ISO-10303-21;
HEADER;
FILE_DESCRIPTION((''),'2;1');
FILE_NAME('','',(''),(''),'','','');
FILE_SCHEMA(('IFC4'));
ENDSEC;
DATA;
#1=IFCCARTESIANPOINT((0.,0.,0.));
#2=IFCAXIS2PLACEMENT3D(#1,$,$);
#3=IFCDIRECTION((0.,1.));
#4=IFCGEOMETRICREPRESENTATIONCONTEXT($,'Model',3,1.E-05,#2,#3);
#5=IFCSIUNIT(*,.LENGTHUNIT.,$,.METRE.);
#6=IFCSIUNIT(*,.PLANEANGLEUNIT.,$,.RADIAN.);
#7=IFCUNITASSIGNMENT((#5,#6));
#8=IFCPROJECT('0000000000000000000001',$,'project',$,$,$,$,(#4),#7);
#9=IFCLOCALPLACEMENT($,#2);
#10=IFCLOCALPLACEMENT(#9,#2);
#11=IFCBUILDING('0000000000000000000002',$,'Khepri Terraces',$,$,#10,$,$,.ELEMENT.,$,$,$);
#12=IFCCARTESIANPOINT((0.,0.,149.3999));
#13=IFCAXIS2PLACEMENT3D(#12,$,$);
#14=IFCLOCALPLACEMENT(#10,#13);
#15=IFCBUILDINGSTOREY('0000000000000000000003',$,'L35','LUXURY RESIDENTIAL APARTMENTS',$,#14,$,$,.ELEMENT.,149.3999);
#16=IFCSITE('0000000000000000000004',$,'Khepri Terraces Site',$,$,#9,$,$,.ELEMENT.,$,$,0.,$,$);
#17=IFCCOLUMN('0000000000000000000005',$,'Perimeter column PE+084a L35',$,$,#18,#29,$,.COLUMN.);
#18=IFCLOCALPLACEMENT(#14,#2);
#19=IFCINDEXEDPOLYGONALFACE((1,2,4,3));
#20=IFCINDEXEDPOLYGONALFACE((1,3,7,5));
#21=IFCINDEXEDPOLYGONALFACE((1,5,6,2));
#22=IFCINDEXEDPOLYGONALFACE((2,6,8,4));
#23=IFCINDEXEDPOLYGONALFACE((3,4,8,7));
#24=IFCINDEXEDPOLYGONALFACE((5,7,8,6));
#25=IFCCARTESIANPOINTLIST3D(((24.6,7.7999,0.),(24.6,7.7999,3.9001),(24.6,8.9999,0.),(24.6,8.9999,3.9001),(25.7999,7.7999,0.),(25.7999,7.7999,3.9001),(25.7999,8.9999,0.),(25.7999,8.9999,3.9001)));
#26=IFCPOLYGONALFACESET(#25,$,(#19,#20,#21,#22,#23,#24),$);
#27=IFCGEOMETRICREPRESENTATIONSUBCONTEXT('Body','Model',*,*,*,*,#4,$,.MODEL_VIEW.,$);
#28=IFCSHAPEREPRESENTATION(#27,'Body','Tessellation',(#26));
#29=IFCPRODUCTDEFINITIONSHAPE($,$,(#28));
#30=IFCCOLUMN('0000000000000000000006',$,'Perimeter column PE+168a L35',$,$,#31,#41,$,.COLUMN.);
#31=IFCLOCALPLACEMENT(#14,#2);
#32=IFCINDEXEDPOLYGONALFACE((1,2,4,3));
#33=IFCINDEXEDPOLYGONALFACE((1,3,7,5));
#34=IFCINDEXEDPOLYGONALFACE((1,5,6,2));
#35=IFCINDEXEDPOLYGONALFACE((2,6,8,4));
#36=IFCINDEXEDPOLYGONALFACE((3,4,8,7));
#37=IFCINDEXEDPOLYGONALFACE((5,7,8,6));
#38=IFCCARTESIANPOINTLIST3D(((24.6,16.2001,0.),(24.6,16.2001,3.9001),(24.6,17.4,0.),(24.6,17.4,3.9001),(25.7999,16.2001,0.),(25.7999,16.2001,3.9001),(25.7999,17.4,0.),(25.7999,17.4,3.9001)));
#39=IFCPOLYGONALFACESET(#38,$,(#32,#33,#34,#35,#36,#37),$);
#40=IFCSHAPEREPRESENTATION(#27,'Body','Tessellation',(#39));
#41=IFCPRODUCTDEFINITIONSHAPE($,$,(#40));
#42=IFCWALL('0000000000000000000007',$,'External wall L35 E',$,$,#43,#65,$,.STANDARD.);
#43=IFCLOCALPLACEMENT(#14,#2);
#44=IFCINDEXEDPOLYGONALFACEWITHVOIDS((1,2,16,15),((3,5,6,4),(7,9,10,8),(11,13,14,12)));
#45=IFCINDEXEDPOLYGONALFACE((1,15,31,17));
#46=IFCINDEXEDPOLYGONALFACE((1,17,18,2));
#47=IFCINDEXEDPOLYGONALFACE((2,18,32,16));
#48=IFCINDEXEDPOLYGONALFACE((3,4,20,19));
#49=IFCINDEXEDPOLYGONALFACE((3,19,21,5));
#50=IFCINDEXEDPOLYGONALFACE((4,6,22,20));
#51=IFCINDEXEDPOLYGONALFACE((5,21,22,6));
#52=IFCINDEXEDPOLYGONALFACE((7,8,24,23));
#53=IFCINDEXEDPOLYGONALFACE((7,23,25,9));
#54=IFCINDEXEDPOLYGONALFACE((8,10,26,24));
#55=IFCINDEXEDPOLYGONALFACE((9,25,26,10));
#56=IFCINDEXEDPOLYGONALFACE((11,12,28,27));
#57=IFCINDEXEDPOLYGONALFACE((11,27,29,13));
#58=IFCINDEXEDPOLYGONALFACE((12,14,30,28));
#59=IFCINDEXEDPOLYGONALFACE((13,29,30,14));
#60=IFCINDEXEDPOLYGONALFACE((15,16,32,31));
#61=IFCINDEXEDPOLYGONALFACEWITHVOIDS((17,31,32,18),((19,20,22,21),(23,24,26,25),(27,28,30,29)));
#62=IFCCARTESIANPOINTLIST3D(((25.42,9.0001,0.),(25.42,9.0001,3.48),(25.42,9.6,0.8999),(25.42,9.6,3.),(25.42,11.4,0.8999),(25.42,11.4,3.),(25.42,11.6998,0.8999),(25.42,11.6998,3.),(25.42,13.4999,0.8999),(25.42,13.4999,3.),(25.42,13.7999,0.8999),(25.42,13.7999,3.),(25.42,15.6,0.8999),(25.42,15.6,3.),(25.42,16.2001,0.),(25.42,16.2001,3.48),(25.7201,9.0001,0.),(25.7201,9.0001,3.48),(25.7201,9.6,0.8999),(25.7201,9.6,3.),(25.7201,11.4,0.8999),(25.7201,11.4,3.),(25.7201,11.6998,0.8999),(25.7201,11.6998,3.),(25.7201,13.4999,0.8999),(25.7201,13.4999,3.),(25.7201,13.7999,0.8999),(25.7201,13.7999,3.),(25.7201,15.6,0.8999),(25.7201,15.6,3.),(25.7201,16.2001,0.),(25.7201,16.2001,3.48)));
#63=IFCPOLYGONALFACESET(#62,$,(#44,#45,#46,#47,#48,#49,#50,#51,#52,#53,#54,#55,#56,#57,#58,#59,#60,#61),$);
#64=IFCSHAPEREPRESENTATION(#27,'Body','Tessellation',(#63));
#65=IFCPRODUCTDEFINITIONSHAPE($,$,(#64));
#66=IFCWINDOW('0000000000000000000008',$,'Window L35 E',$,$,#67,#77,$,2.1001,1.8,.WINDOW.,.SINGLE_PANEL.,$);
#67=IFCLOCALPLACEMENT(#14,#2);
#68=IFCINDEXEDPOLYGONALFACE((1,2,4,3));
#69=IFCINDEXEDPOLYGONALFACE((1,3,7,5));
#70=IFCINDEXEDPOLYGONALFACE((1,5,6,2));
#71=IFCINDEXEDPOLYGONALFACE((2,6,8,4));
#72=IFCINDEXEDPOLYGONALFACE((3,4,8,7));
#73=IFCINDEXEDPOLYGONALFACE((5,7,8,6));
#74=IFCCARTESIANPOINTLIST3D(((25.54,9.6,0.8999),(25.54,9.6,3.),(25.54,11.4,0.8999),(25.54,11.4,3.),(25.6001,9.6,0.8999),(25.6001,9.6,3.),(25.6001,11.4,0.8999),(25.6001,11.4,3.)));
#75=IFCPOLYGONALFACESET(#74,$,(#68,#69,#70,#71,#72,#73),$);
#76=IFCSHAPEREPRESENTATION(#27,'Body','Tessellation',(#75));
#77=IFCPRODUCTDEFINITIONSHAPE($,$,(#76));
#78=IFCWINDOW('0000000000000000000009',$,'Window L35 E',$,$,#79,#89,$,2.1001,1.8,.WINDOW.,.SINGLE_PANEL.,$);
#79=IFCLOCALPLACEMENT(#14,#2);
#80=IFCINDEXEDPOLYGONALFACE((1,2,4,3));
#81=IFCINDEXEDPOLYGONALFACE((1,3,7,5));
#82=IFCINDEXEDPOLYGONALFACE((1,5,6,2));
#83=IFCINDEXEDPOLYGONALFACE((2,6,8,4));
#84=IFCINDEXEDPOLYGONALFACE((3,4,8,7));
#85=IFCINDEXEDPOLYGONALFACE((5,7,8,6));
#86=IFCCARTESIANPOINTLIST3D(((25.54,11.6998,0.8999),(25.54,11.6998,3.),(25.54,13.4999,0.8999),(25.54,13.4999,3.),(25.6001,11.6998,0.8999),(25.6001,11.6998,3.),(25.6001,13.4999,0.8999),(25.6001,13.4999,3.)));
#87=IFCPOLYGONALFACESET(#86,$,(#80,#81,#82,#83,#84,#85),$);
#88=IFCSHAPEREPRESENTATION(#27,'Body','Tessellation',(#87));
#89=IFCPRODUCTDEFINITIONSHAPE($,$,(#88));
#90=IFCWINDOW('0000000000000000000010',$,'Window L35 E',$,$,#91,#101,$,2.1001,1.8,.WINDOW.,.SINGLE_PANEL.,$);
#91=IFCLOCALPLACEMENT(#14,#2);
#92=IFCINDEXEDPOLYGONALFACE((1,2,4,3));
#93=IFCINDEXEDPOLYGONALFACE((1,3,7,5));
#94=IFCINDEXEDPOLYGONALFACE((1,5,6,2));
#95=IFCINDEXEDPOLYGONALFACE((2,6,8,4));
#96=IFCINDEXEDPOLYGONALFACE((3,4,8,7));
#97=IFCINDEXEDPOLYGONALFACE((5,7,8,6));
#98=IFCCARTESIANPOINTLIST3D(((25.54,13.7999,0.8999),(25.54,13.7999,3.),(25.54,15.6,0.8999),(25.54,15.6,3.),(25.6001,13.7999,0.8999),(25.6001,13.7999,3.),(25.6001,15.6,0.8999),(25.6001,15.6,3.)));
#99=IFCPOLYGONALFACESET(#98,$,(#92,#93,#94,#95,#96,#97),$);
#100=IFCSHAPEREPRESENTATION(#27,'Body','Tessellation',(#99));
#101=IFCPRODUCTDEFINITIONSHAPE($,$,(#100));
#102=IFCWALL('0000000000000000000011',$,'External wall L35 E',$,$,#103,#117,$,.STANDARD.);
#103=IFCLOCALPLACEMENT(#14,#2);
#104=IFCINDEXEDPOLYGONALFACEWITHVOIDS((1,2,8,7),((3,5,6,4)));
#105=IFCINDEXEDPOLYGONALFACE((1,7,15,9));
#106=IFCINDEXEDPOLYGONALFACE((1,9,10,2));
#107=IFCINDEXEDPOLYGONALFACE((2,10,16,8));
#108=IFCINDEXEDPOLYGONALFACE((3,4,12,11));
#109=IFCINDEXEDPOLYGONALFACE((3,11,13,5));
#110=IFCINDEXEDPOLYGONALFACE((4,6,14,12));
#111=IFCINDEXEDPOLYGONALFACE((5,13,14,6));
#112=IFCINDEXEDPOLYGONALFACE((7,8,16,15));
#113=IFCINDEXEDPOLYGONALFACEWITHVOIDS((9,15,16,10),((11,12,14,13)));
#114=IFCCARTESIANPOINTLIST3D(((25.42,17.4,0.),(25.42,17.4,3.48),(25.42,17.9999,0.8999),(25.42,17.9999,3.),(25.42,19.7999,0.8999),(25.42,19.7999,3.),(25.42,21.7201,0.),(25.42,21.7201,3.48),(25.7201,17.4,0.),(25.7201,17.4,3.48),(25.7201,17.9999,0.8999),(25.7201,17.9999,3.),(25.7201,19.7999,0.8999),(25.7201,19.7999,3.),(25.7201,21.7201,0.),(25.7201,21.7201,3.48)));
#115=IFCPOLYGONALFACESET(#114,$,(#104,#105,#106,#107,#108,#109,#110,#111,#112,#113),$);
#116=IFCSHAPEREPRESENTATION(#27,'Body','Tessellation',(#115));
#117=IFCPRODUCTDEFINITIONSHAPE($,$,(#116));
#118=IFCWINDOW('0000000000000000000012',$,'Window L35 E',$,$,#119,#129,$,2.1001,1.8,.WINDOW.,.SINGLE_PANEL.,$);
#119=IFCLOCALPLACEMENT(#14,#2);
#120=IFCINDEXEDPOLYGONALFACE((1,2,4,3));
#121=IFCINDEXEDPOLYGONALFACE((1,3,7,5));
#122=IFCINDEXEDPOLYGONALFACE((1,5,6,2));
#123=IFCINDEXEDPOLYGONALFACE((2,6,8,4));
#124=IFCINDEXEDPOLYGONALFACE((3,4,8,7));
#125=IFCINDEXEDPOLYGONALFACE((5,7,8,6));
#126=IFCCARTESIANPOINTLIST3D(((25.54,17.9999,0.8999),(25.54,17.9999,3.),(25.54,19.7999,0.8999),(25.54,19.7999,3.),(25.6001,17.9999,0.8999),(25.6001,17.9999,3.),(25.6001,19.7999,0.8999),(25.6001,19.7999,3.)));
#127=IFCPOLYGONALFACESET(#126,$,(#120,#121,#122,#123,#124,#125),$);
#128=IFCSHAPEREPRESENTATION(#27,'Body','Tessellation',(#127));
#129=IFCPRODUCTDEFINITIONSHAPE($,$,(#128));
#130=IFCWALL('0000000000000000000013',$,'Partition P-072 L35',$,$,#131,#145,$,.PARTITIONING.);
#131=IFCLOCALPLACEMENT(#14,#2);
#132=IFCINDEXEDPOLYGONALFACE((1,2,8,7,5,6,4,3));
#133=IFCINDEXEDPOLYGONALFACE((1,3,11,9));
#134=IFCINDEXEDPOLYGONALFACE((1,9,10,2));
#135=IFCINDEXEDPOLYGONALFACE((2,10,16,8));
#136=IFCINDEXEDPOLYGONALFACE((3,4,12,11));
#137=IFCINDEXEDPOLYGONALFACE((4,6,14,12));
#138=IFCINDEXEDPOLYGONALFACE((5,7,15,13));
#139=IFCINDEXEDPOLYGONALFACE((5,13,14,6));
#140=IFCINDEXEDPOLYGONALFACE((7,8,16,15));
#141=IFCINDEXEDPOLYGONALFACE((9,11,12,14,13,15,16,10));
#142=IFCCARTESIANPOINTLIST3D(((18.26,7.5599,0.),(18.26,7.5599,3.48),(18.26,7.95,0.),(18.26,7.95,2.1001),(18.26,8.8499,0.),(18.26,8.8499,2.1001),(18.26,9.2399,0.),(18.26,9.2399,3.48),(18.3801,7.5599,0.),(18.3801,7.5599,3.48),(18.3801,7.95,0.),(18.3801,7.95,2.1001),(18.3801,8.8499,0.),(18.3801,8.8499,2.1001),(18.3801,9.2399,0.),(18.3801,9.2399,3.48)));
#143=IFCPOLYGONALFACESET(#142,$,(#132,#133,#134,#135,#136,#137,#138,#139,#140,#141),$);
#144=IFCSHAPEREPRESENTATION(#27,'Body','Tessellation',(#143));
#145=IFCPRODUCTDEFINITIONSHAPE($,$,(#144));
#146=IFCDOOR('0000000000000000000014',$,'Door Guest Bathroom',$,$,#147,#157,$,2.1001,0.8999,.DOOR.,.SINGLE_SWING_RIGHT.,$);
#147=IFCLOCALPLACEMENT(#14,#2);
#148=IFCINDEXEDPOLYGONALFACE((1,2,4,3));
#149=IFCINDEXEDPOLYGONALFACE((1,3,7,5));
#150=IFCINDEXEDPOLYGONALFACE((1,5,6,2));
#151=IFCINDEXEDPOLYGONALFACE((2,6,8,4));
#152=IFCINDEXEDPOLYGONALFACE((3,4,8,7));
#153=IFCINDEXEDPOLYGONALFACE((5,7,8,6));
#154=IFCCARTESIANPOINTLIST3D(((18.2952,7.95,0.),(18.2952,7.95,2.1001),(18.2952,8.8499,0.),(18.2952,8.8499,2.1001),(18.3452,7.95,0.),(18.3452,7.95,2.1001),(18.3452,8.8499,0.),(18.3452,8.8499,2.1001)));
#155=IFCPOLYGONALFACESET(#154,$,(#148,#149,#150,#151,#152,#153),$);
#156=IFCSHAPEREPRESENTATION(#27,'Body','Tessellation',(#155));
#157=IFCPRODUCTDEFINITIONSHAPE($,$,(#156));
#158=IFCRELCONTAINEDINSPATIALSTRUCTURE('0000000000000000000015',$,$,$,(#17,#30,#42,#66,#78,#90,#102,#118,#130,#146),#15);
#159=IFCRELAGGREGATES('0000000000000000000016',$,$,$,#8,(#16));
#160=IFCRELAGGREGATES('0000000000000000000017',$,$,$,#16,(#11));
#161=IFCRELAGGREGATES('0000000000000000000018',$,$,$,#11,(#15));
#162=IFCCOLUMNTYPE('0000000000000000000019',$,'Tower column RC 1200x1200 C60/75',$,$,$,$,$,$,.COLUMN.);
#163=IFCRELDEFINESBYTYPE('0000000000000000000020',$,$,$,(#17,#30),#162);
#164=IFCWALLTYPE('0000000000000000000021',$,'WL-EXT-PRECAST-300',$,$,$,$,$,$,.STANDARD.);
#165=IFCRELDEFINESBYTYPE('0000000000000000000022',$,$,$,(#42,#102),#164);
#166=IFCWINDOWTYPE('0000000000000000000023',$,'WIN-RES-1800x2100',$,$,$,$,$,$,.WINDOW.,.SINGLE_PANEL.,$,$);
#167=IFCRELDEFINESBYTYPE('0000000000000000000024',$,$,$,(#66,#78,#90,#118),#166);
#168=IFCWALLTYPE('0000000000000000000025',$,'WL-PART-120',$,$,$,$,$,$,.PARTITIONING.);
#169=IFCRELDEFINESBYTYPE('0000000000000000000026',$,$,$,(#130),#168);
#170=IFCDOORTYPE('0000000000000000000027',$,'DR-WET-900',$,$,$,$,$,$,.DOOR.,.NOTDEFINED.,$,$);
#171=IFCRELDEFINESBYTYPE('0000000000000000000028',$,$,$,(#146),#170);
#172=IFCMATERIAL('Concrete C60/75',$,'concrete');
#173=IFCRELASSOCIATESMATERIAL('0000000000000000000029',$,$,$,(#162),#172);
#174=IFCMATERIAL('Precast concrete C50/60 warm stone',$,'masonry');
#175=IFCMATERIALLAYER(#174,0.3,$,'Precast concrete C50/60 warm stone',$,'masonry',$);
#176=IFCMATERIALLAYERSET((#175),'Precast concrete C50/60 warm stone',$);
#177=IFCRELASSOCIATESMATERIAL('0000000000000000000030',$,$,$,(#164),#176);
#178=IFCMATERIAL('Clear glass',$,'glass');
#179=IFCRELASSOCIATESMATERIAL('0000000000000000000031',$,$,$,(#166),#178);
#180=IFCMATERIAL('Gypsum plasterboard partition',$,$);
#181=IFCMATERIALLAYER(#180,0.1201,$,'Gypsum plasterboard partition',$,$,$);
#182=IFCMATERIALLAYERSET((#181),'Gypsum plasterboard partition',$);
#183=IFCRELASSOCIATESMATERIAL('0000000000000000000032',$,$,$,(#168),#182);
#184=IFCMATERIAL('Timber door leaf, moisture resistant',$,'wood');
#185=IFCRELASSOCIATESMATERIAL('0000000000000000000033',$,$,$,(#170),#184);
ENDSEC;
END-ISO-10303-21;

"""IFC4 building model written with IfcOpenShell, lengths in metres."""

from ifc_helpers import new_model, si_unit, direction, frame, frame_2d, origin, origin_2d, place, context, subcontext, project, spatial, rectangle, extrude, material, layer, layer_set, material_profile, profile_set, type_object, element, fill, save


model = new_model("IFC4")

# Units and contexts
model_context = context("Model", 3, precision=1e-05, world=origin(), true_north=direction((0.0, 1.0)))
body_context = subcontext(model_context, "Body", "Model", "MODEL_VIEW")
ifc_project = project(units=[si_unit("LENGTHUNIT", "METRE"), si_unit("PLANEANGLEUNIT", "RADIAN")], contexts=[model_context])

# Site, building, storey
site_placement = place(None, origin())
site = spatial("IfcSite", under=ifc_project, at=site_placement, Name="Khepri Terraces Site", CompositionType="ELEMENT", RefElevation=0.0)
building_placement = place(site_placement, origin())
building = spatial("IfcBuilding", under=site, at=building_placement, Name="Khepri Terraces", CompositionType="ELEMENT")
storey_placement = place(building_placement, frame((0.0, 0.0, 149.3999)))
storey = spatial("IfcBuildingStorey", under=building, at=storey_placement, Name="L35", Description="LUXURY RESIDENTIAL APARTMENTS", CompositionType="ELEMENT", Elevation=149.3999)

# Columns
ifc_material_1 = material(Name="Concrete C60/75", Category="concrete")
ifc_material_profile = material_profile(ifc_material_1, rectangle(XDim=1.2, YDim=1.2, at=origin_2d()), Name="Concrete C60/75", Category="concrete")
ifc_profile_set = profile_set([ifc_material_profile], Name="Concrete C60/75")
column_type = type_object("IfcColumnType", Name="Tower column RC 1200x1200 C60/75", PredefinedType="COLUMN", material=ifc_profile_set)
for number, where, z_axis, x_axis, name in (
    (1, (25.2, 8.3999, 0.0), (0.0, 0.0, 1.0), (1.0, 0.0, 0.0), "Perimeter column PE+084a L35"),
    (2, (25.2, 16.8, 0.0), (0.0, 0.0, 1.0), (1.0, 0.0, 0.0), "Perimeter column PE+168a L35"),
):
    element("IfcColumn", number, at=place(storey_placement, frame(where, z_axis=z_axis, x_axis=x_axis)), inside=storey, type_object=column_type, Name=name, PredefinedType="COLUMN", context=body_context, shape_type="SweptSolid", body=[
        extrude(rectangle(XDim=1.2, YDim=1.2, at=origin_2d()), origin(), (0.0, 0.0, 1.0), 3.9001),
    ])

# Wall, openings, windows
ifc_material_2 = material(Name="Precast concrete C50/60 warm stone", Category="masonry")
ifc_layer_1 = layer(ifc_material_2, 0.3, Name="Precast concrete C50/60 warm stone", Category="masonry")
ifc_layer_set_1 = layer_set([ifc_layer_1], Name="Precast concrete C50/60 warm stone")
wall_type_1 = type_object("IfcWallType", Name="WL-EXT-PRECAST-300", PredefinedType="STANDARD", material=ifc_layer_set_1)
wall_1_placement = place(storey_placement, frame((25.5701, 9.0, 0.0), z_axis=(0.0, 0.0, 1.0), x_axis=(0.0, 1.0, 0.0)))
wall_1 = element("IfcWall", 3, at=wall_1_placement, inside=storey, type_object=wall_type_1, Name="External wall L35 E", PredefinedType="STANDARD", context=body_context, shape_type="SweptSolid", body=[
    extrude(rectangle(XDim=7.2, YDim=0.3, at=frame_2d((3.6001, 0.0))), origin(), (0.0, 0.0, 1.0), 3.48),
])
opening_1_placement = place(wall_1_placement, frame((0.6001, 0.0, 0.8999)))
opening_1 = element("IfcOpeningElement", 4, at=opening_1_placement, cuts=wall_1, PredefinedType="OPENING", context=body_context, shape_type="SweptSolid", body=[
    extrude(rectangle(XDim=1.8, YDim=2.1001, at=frame_2d((0.8999, 1.05))), frame((0.0, 0.1602, 0.0), z_axis=(0.0, -1.0, 0.0), x_axis=(1.0, 0.0, 0.0)), (0.0, 0.0, 1.0), 0.3201),
])
opening_2_placement = place(wall_1_placement, frame((2.7, 0.0, 0.8999)))
opening_2 = element("IfcOpeningElement", 5, at=opening_2_placement, cuts=wall_1, PredefinedType="OPENING", context=body_context, shape_type="SweptSolid", body=[
    extrude(rectangle(XDim=1.8, YDim=2.1001, at=frame_2d((0.8999, 1.05))), frame((0.0, 0.1602, 0.0), z_axis=(0.0, -1.0, 0.0), x_axis=(1.0, 0.0, 0.0)), (0.0, 0.0, 1.0), 0.3201),
])
opening_3_placement = place(wall_1_placement, frame((4.8, 0.0, 0.8999)))
opening_3 = element("IfcOpeningElement", 6, at=opening_3_placement, cuts=wall_1, PredefinedType="OPENING", context=body_context, shape_type="SweptSolid", body=[
    extrude(rectangle(XDim=1.8, YDim=2.1001, at=frame_2d((0.8999, 1.05))), frame((0.0, 0.1602, 0.0), z_axis=(0.0, -1.0, 0.0), x_axis=(1.0, 0.0, 0.0)), (0.0, 0.0, 1.0), 0.3201),
])
ifc_material_3 = material(Name="Clear glass", Category="glass")
window_type = type_object("IfcWindowType", Name="WIN-RES-1800x2100", PartitioningType="SINGLE_PANEL", PredefinedType="WINDOW", material=ifc_material_3)
window_1_placement = place(opening_1_placement, origin())
window_1 = element("IfcWindow", 7, at=window_1_placement, inside=storey, type_object=window_type, Name="Window L35 E", OverallHeight=2.1001, OverallWidth=1.8, PartitioningType="SINGLE_PANEL", PredefinedType="WINDOW", context=body_context, shape_type="SweptSolid", body=[
    extrude(rectangle(XDim=1.8, YDim=2.1001, at=frame_2d((0.8999, 1.05))), frame((0.0, 0.03, 0.0), z_axis=(0.0, -1.0, 0.0), x_axis=(1.0, 0.0, 0.0)), (0.0, 0.0, 1.0), 0.0601),
])
fill(opening_1, window_1)
window_2_placement = place(opening_2_placement, origin())
window_2 = element("IfcWindow", 8, at=window_2_placement, inside=storey, type_object=window_type, Name="Window L35 E", OverallHeight=2.1001, OverallWidth=1.8, PartitioningType="SINGLE_PANEL", PredefinedType="WINDOW", context=body_context, shape_type="SweptSolid", body=[
    extrude(rectangle(XDim=1.8, YDim=2.1001, at=frame_2d((0.8999, 1.05))), frame((0.0, 0.03, 0.0), z_axis=(0.0, -1.0, 0.0), x_axis=(1.0, 0.0, 0.0)), (0.0, 0.0, 1.0), 0.0601),
])
fill(opening_2, window_2)
window_3_placement = place(opening_3_placement, origin())
window_3 = element("IfcWindow", 9, at=window_3_placement, inside=storey, type_object=window_type, Name="Window L35 E", OverallHeight=2.1001, OverallWidth=1.8, PartitioningType="SINGLE_PANEL", PredefinedType="WINDOW", context=body_context, shape_type="SweptSolid", body=[
    extrude(rectangle(XDim=1.8, YDim=2.1001, at=frame_2d((0.8999, 1.05))), frame((0.0, 0.03, 0.0), z_axis=(0.0, -1.0, 0.0), x_axis=(1.0, 0.0, 0.0)), (0.0, 0.0, 1.0), 0.0601),
])
fill(opening_3, window_3)

# Wall, opening, window
wall_2_placement = place(storey_placement, frame((25.5701, 17.3999, 0.0), z_axis=(0.0, 0.0, 1.0), x_axis=(0.0, 1.0, 0.0)))
wall_2 = element("IfcWall", 10, at=wall_2_placement, inside=storey, type_object=wall_type_1, Name="External wall L35 E", PredefinedType="STANDARD", context=body_context, shape_type="SweptSolid", body=[
    extrude(rectangle(XDim=4.3201, YDim=0.3, at=frame_2d((2.1602, 0.0))), origin(), (0.0, 0.0, 1.0), 3.48),
])
opening_4_placement = place(wall_2_placement, frame((0.6001, 0.0, 0.8999)))
opening_4 = element("IfcOpeningElement", 11, at=opening_4_placement, cuts=wall_2, PredefinedType="OPENING", context=body_context, shape_type="SweptSolid", body=[
    extrude(rectangle(XDim=1.8, YDim=2.1001, at=frame_2d((0.8999, 1.05))), frame((0.0, 0.1602, 0.0), z_axis=(0.0, -1.0, 0.0), x_axis=(1.0, 0.0, 0.0)), (0.0, 0.0, 1.0), 0.3201),
])
window_4_placement = place(opening_4_placement, origin())
window_4 = element("IfcWindow", 12, at=window_4_placement, inside=storey, type_object=window_type, Name="Window L35 E", OverallHeight=2.1001, OverallWidth=1.8, PartitioningType="SINGLE_PANEL", PredefinedType="WINDOW", context=body_context, shape_type="SweptSolid", body=[
    extrude(rectangle(XDim=1.8, YDim=2.1001, at=frame_2d((0.8999, 1.05))), frame((0.0, 0.03, 0.0), z_axis=(0.0, -1.0, 0.0), x_axis=(1.0, 0.0, 0.0)), (0.0, 0.0, 1.0), 0.0601),
])
fill(opening_4, window_4)

# Wall, opening, door
ifc_material_4 = material(Name="Gypsum plasterboard partition")
ifc_layer_2 = layer(ifc_material_4, 0.1201, Name="Gypsum plasterboard partition")
ifc_layer_set_2 = layer_set([ifc_layer_2], Name="Gypsum plasterboard partition")
wall_type_2 = type_object("IfcWallType", Name="WL-PART-120", PredefinedType="PARTITIONING", material=ifc_layer_set_2)
wall_3_placement = place(storey_placement, frame((18.3201, 7.5601, 0.0), z_axis=(0.0, 0.0, 1.0), x_axis=(0.0, 1.0, 0.0)))
wall_3 = element("IfcWall", 13, at=wall_3_placement, inside=storey, type_object=wall_type_2, Name="Partition P-072 L35", PredefinedType="PARTITIONING", context=body_context, shape_type="SweptSolid", body=[
    extrude(rectangle(XDim=1.6799, YDim=0.1201, at=frame_2d((0.8398, 0.0))), origin(), (0.0, 0.0, 1.0), 3.48),
])
opening_5_placement = place(wall_3_placement, frame((0.3899, 0.0, 0.0)))
opening_5 = element("IfcOpeningElement", 14, at=opening_5_placement, cuts=wall_3, PredefinedType="OPENING", context=body_context, shape_type="SweptSolid", body=[
    extrude(rectangle(XDim=0.8999, YDim=2.1001, at=frame_2d((0.45, 1.05))), frame((0.0, 0.0701, 0.0), z_axis=(0.0, -1.0, 0.0), x_axis=(1.0, 0.0, 0.0)), (0.0, 0.0, 1.0), 0.1401),
])
ifc_material_5 = material(Name="Timber door leaf, moisture resistant", Category="wood")
door_type_1 = type_object("IfcDoorType", Name="DR-WET-900", OperationType="NOTDEFINED", PredefinedType="DOOR", material=ifc_material_5)
door_1_placement = place(opening_5_placement, origin())
door_1 = element("IfcDoor", 15, at=door_1_placement, inside=storey, type_object=door_type_1, Name="Door Guest Bathroom", OperationType="SINGLE_SWING_RIGHT", OverallHeight=2.1001, OverallWidth=0.8999, PredefinedType="DOOR", context=body_context, shape_type="SweptSolid", body=[
    extrude(rectangle(XDim=0.8999, YDim=2.1001, at=frame_2d((0.45, 1.05))), frame((0.0, 0.0249, 0.0), z_axis=(0.0, -1.0, 0.0), x_axis=(1.0, 0.0, 0.0)), (0.0, 0.0, 1.0), 0.05),
])
fill(opening_5, door_1)

save(model, "model.ifc")
